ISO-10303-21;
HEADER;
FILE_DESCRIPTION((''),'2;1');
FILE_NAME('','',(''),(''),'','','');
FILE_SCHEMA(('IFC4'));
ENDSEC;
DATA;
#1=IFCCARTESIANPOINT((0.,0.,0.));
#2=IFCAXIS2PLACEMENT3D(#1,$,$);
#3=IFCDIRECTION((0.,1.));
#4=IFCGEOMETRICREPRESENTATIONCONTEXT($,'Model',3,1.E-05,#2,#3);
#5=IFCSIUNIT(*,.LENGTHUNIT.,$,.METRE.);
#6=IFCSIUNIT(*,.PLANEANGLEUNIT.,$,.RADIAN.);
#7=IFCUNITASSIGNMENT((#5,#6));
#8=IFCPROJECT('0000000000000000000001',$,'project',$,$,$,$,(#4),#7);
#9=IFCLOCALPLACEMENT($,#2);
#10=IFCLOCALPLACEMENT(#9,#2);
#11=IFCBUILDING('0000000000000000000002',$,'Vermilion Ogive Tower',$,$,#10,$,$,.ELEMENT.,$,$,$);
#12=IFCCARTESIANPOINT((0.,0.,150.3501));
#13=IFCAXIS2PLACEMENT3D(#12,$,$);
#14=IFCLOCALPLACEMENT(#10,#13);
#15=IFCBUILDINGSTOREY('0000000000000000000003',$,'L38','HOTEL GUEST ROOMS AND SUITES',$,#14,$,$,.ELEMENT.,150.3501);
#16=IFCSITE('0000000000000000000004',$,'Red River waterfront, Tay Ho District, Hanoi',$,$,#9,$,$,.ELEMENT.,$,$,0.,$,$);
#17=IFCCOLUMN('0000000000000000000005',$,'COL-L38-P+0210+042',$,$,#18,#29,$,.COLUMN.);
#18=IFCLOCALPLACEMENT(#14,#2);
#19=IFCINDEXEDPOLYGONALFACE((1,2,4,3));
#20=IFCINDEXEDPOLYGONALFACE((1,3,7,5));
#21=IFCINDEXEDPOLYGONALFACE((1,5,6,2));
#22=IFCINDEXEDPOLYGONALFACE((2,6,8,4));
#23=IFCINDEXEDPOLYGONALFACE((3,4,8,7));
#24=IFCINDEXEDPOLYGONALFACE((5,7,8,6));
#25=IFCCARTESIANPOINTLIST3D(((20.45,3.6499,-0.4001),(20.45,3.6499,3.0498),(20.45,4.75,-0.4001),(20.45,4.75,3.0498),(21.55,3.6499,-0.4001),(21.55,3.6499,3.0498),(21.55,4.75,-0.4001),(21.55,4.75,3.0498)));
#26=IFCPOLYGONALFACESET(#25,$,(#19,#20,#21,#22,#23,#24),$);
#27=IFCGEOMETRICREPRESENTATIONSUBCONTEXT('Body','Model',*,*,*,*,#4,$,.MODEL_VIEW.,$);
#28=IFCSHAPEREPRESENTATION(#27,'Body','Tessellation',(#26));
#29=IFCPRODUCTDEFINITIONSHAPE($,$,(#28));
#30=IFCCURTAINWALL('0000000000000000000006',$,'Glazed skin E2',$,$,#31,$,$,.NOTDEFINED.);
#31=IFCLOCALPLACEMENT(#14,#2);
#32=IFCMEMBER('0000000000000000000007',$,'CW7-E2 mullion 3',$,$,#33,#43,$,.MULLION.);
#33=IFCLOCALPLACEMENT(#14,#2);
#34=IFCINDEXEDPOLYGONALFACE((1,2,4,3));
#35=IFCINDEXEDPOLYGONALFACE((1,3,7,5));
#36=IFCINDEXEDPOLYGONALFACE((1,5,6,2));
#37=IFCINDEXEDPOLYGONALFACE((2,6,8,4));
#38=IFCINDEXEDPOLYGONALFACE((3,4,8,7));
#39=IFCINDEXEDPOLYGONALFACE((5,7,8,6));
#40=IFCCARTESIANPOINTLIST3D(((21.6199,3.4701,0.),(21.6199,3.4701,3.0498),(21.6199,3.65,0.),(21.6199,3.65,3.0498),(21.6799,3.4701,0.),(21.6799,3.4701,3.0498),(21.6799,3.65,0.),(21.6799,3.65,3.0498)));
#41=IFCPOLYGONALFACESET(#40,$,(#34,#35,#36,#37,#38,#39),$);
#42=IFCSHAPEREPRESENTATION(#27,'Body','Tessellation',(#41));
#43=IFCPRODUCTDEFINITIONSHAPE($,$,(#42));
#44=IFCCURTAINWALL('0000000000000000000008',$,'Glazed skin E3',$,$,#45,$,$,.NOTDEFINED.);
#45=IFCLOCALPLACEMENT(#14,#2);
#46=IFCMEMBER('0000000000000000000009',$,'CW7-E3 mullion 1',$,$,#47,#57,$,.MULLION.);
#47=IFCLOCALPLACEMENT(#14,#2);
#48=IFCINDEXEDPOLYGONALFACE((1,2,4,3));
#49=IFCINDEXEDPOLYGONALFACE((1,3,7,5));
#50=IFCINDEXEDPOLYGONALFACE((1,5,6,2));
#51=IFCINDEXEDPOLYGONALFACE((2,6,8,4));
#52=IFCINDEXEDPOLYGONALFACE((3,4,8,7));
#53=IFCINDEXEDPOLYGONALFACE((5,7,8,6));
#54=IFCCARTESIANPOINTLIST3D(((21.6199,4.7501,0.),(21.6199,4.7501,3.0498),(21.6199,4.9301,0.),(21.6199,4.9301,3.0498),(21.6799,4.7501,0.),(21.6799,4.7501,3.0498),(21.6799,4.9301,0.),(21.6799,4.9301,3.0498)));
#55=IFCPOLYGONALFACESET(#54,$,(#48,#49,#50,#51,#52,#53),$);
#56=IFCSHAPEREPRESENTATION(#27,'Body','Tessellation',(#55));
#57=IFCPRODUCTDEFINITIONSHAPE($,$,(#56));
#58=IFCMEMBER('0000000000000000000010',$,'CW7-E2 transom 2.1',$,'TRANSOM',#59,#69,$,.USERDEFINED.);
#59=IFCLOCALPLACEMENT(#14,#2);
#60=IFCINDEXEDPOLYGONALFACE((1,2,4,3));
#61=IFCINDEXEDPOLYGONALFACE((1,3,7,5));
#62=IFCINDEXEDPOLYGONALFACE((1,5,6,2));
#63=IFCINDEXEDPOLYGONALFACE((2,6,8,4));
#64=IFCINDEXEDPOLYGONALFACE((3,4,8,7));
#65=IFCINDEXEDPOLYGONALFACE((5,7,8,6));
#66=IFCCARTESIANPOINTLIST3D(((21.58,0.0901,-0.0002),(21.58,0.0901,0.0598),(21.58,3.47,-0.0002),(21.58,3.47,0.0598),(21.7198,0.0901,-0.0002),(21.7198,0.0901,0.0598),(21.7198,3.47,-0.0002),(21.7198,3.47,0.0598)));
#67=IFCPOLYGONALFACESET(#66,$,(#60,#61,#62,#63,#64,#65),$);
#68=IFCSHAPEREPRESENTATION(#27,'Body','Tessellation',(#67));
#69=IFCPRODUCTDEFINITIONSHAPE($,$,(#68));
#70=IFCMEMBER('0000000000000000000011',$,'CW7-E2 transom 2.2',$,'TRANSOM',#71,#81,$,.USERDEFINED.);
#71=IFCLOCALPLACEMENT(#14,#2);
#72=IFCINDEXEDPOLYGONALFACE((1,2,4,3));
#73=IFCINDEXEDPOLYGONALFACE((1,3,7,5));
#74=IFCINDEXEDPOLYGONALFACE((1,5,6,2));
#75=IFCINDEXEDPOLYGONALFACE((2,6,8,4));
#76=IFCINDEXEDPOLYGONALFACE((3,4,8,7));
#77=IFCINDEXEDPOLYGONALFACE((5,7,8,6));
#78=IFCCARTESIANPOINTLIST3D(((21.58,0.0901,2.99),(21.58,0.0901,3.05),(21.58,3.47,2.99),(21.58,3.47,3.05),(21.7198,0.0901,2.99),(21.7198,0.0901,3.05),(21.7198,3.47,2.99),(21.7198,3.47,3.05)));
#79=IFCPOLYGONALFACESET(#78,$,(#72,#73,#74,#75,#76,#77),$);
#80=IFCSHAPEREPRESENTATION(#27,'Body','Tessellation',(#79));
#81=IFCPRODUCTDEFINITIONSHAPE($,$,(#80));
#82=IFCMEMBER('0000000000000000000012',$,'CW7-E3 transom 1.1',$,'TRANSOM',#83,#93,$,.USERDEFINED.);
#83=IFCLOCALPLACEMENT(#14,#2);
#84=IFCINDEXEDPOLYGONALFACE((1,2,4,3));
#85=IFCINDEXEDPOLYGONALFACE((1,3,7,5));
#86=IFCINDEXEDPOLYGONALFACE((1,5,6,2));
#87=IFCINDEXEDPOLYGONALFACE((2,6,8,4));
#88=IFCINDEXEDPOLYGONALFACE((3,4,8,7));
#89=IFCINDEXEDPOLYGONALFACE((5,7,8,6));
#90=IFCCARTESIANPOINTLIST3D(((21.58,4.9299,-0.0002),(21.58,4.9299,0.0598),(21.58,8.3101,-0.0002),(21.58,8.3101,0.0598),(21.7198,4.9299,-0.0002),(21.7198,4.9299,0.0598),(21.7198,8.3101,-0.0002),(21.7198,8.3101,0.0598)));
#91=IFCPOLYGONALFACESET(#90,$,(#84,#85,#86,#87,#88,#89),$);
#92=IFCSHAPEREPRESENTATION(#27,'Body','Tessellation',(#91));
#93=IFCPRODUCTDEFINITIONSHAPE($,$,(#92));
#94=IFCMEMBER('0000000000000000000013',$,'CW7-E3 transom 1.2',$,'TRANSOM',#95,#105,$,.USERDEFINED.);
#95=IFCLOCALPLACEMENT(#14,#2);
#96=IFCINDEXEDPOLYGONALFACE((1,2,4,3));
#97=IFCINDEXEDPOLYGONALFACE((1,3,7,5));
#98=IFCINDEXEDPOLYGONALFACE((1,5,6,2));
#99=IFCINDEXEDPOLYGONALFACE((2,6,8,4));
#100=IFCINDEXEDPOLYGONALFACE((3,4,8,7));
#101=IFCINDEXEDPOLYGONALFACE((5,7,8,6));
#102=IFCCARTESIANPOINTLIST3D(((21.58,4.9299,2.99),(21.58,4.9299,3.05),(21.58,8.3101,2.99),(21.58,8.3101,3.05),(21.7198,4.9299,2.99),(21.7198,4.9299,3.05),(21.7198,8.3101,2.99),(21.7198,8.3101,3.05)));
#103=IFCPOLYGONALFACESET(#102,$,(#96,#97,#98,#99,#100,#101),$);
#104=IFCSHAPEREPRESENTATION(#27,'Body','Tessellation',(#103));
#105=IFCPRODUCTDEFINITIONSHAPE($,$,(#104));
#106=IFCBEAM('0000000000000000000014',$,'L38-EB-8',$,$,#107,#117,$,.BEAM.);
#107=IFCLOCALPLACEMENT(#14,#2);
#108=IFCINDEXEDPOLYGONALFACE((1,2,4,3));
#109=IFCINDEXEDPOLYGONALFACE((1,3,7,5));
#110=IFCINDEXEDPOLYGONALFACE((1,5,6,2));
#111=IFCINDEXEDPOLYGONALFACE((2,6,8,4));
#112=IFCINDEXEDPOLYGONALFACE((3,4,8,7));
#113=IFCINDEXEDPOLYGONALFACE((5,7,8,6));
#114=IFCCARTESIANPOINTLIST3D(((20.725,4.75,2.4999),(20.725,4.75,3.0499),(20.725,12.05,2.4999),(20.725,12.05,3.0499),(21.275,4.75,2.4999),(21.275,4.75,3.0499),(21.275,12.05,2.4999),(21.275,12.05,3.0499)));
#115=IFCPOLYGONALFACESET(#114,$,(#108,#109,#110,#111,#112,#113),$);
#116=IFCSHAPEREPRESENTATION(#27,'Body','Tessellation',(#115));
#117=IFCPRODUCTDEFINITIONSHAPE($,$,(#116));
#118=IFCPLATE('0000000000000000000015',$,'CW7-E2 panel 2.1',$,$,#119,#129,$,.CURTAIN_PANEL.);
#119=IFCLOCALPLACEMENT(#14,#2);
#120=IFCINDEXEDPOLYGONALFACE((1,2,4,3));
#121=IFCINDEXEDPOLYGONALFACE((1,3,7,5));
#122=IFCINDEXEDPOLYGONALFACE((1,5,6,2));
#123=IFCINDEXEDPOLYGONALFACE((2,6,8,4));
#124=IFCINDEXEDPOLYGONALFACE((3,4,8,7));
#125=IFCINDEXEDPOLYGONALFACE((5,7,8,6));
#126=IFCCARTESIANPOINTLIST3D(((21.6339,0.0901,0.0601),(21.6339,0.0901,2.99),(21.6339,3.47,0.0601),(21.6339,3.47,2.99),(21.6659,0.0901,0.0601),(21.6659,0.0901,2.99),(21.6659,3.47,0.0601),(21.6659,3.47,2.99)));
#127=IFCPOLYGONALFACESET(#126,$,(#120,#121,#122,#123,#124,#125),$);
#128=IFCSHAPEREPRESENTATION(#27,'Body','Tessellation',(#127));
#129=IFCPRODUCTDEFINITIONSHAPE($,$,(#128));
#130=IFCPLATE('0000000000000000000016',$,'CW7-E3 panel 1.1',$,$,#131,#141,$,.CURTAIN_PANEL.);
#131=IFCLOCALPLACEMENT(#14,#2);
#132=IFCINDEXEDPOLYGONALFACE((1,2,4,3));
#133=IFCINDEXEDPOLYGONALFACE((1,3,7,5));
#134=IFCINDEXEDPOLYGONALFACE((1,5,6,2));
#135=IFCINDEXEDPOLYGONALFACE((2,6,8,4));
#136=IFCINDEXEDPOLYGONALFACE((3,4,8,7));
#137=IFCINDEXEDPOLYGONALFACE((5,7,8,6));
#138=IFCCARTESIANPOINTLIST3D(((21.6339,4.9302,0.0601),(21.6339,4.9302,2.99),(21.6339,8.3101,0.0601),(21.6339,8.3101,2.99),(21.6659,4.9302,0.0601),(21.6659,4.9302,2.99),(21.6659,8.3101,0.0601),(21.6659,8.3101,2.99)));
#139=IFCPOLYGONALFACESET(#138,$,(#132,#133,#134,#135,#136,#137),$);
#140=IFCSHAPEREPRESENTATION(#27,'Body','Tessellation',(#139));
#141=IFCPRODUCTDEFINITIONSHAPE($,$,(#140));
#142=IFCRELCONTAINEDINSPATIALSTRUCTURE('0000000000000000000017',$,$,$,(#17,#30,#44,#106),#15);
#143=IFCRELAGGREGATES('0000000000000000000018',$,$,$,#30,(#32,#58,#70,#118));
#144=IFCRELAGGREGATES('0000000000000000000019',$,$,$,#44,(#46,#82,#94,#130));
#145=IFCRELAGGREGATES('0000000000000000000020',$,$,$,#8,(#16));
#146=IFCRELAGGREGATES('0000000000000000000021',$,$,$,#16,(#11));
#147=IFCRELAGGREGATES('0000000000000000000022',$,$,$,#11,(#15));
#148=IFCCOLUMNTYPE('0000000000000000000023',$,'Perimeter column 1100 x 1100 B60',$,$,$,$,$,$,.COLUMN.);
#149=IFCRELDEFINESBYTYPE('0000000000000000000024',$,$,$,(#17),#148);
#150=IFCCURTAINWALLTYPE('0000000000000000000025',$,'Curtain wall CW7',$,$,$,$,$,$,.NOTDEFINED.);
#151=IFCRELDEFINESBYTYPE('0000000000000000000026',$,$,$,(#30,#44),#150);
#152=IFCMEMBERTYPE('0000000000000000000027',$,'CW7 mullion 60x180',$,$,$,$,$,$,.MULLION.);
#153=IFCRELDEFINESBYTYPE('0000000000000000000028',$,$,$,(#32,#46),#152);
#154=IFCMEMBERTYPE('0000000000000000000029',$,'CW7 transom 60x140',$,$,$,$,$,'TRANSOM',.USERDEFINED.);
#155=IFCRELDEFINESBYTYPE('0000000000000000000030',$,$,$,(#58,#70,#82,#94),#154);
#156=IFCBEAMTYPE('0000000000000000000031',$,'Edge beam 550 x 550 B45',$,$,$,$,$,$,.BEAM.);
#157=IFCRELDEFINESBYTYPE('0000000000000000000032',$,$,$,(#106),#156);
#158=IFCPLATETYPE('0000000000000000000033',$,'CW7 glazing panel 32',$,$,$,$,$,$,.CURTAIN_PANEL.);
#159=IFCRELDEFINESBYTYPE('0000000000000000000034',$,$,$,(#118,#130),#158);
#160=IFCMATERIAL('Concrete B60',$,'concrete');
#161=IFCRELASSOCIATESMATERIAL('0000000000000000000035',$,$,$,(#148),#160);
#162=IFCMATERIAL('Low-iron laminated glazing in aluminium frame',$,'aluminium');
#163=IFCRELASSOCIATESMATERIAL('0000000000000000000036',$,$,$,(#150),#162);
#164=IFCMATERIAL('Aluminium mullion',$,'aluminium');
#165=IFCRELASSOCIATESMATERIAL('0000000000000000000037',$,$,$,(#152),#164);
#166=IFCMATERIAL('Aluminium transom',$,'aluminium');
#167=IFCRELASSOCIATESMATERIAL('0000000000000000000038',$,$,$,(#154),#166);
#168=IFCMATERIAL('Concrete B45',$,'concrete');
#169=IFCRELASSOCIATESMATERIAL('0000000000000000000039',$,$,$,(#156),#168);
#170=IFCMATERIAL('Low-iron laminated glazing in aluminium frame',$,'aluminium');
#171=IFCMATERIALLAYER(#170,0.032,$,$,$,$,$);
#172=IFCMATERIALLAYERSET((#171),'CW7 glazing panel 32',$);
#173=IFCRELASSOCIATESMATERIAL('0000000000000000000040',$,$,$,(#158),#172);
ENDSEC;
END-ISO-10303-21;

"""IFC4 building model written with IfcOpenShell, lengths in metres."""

from ifc_helpers import new_model, si_unit, direction, frame, origin, origin_2d, place, context, subcontext, project, spatial, rectangle, extrude, material, layer, layer_set, material_profile, profile_set, type_object, element, aggregate, save


model = new_model("IFC4")

# Units and contexts
model_context = context("Model", 3, precision=1e-05, world=origin(), true_north=direction((0.0, 1.0)))
body_context = subcontext(model_context, "Body", "Model", "MODEL_VIEW")
ifc_project = project(units=[si_unit("LENGTHUNIT", "METRE"), si_unit("PLANEANGLEUNIT", "RADIAN")], contexts=[model_context])

# Site, building, storey
site_placement = place(None, origin())
site = spatial("IfcSite", under=ifc_project, at=site_placement, Name="Red River waterfront, Tay Ho District, Hanoi", CompositionType="ELEMENT", RefElevation=0.0)
building_placement = place(site_placement, origin())
building = spatial("IfcBuilding", under=site, at=building_placement, Name="Vermilion Ogive Tower", CompositionType="ELEMENT")
storey_placement = place(building_placement, frame((0.0, 0.0, 150.3501)))
storey = spatial("IfcBuildingStorey", under=building, at=storey_placement, Name="L38", Description="HOTEL GUEST ROOMS AND SUITES", CompositionType="ELEMENT", Elevation=150.3501)

# Column
ifc_material_1 = material(Name="Concrete B60", Category="concrete")
ifc_material_profile_1 = material_profile(ifc_material_1, rectangle(XDim=1.1001, YDim=1.1001, at=origin_2d()), Name="1100 x 1100")
ifc_profile_set_1 = profile_set([ifc_material_profile_1], Name="Concrete B60")
column_type = type_object("IfcColumnType", Name="Perimeter column 1100 x 1100 B60", PredefinedType="COLUMN", material=ifc_profile_set_1)
column_placement = place(storey_placement, frame((21.0, 4.2, -0.4001), z_axis=(0.0, 0.0, 1.0), x_axis=(1.0, 0.0, 0.0)))
element("IfcColumn", 1, at=column_placement, inside=storey, type_object=column_type, Name="COL-L38-P+0210+042", PredefinedType="COLUMN", context=body_context, shape_type="SweptSolid", body=[
    extrude(rectangle(XDim=1.1001, YDim=1.1001, at=origin_2d()), origin(), (0.0, 0.0, 1.0), 3.45),
])

# Curtain walls, members
ifc_material_2 = material(Name="Low-iron laminated glazing in aluminium frame", Category="aluminium")
curtain_wall_type = type_object("IfcCurtainWallType", Name="Curtain wall CW7", PredefinedType="NOTDEFINED", material=ifc_material_2)
curtain_wall_1_placement = place(storey_placement, origin())
curtain_wall_1 = element("IfcCurtainWall", 2, at=curtain_wall_1_placement, inside=storey, type_object=curtain_wall_type, Name="Glazed skin E2", PredefinedType="NOTDEFINED")
ifc_material_3 = material(Name="Aluminium mullion", Category="aluminium")
ifc_material_profile_2 = material_profile(ifc_material_3, rectangle(XDim=0.0601, YDim=0.1799, at=origin_2d()), Name="AL 60x180")
ifc_profile_set_2 = profile_set([ifc_material_profile_2], Name="Aluminium mullion")
member_type_1 = type_object("IfcMemberType", Name="CW7 mullion 60x180", PredefinedType="MULLION", material=ifc_profile_set_2)
member_1_placement = place(storey_placement, frame((21.6499, 3.5601, 0.0), z_axis=(0.0, 0.0, 1.0), x_axis=(-1.0, 0.0, 0.0)))
member_1 = element("IfcMember", 3, at=member_1_placement, type_object=member_type_1, Name="CW7-E2 mullion 3", PredefinedType="MULLION", context=body_context, shape_type="SweptSolid", body=[
    extrude(rectangle(XDim=0.0601, YDim=0.1799, at=origin_2d()), origin(), (0.0, 0.0, 1.0), 3.0498),
])
curtain_wall_2_placement = place(storey_placement, origin())
curtain_wall_2 = element("IfcCurtainWall", 4, at=curtain_wall_2_placement, inside=storey, type_object=curtain_wall_type, Name="Glazed skin E3", PredefinedType="NOTDEFINED")
member_2_placement = place(storey_placement, frame((21.6499, 4.8401, 0.0), z_axis=(0.0, 0.0, 1.0), x_axis=(-1.0, 0.0, 0.0)))
member_2 = element("IfcMember", 5, at=member_2_placement, type_object=member_type_1, Name="CW7-E3 mullion 1", PredefinedType="MULLION", context=body_context, shape_type="SweptSolid", body=[
    extrude(rectangle(XDim=0.0601, YDim=0.1799, at=origin_2d()), origin(), (0.0, 0.0, 1.0), 3.0498),
])

# Members
ifc_material_4 = material(Name="Aluminium transom", Category="aluminium")
ifc_material_profile_3 = material_profile(ifc_material_4, rectangle(XDim=0.1399, YDim=0.0601, at=origin_2d()), Name="AL 60x140")
ifc_profile_set_3 = profile_set([ifc_material_profile_3], Name="Aluminium transom")
member_type_2 = type_object("IfcMemberType", Name="CW7 transom 60x140", ElementType="TRANSOM", PredefinedType="USERDEFINED", material=ifc_profile_set_3)
member_3_placement = place(storey_placement, frame((21.6499, 0.0901, 0.0298), z_axis=(0.0, 1.0, 0.0), x_axis=(-1.0, 0.0, 0.0)))
member_3 = element("IfcMember", 6, at=member_3_placement, type_object=member_type_2, Name="CW7-E2 transom 2.1", ObjectType="TRANSOM", PredefinedType="USERDEFINED", context=body_context, shape_type="SweptSolid", body=[
    extrude(rectangle(XDim=0.1399, YDim=0.0601, at=origin_2d()), origin(), (0.0, 0.0, 1.0), 3.3799),
])
member_4_placement = place(storey_placement, frame((21.6499, 0.0901, 3.02), z_axis=(0.0, 1.0, 0.0), x_axis=(-1.0, 0.0, 0.0)))
member_4 = element("IfcMember", 7, at=member_4_placement, type_object=member_type_2, Name="CW7-E2 transom 2.2", ObjectType="TRANSOM", PredefinedType="USERDEFINED", context=body_context, shape_type="SweptSolid", body=[
    extrude(rectangle(XDim=0.1399, YDim=0.0601, at=origin_2d()), origin(), (0.0, 0.0, 1.0), 3.3799),
])
member_5_placement = place(storey_placement, frame((21.6499, 4.9299, 0.0298), z_axis=(0.0, 1.0, 0.0), x_axis=(-1.0, 0.0, 0.0)))
member_5 = element("IfcMember", 8, at=member_5_placement, type_object=member_type_2, Name="CW7-E3 transom 1.1", ObjectType="TRANSOM", PredefinedType="USERDEFINED", context=body_context, shape_type="SweptSolid", body=[
    extrude(rectangle(XDim=0.1399, YDim=0.0601, at=origin_2d()), origin(), (0.0, 0.0, 1.0), 3.3801),
])
member_6_placement = place(storey_placement, frame((21.6499, 4.9299, 3.02), z_axis=(0.0, 1.0, 0.0), x_axis=(-1.0, 0.0, 0.0)))
member_6 = element("IfcMember", 9, at=member_6_placement, type_object=member_type_2, Name="CW7-E3 transom 1.2", ObjectType="TRANSOM", PredefinedType="USERDEFINED", context=body_context, shape_type="SweptSolid", body=[
    extrude(rectangle(XDim=0.1399, YDim=0.0601, at=origin_2d()), origin(), (0.0, 0.0, 1.0), 3.3801),
])

# Beam
ifc_material_5 = material(Name="Concrete B45", Category="concrete")
ifc_material_profile_4 = material_profile(ifc_material_5, rectangle(XDim=0.55, YDim=0.55, at=origin_2d()), Name="550 x 550")
ifc_profile_set_4 = profile_set([ifc_material_profile_4], Name="Concrete B45")
beam_type = type_object("IfcBeamType", Name="Edge beam 550 x 550 B45", PredefinedType="BEAM", material=ifc_profile_set_4)
beam_placement = place(storey_placement, frame((21.0, 4.75, 2.7749), z_axis=(0.0, 1.0, 0.0), x_axis=(-1.0, 0.0, 0.0)))
element("IfcBeam", 10, at=beam_placement, inside=storey, type_object=beam_type, Name="L38-EB-8", PredefinedType="BEAM", context=body_context, shape_type="SweptSolid", body=[
    extrude(rectangle(XDim=0.55, YDim=0.55, at=origin_2d()), origin(), (0.0, 0.0, 1.0), 7.3),
])

# Plates
ifc_material_6 = material(Name="Low-iron laminated glazing in aluminium frame", Category="aluminium")
ifc_layer_1 = layer(ifc_material_6, 0.032)
ifc_layer_set_1 = layer_set([ifc_layer_1], Name="CW7 glazing panel 32")
plate_type = type_object("IfcPlateType", Name="CW7 glazing panel 32", PredefinedType="CURTAIN_PANEL", material=ifc_layer_set_1)
plate_1_placement = place(storey_placement, frame((21.6499, 1.78, 0.0601), z_axis=(0.0, 0.0, 1.0), x_axis=(0.0, 1.0, 0.0)))
plate_1 = element("IfcPlate", 11, at=plate_1_placement, type_object=plate_type, Name="CW7-E2 panel 2.1", PredefinedType="CURTAIN_PANEL", context=body_context, shape_type="SweptSolid", body=[
    extrude(rectangle(XDim=3.3799, YDim=0.032, at=origin_2d()), origin(), (0.0, 0.0, 1.0), 2.9299),
])
aggregate(curtain_wall_1, [member_1, member_3, member_4, plate_1])
plate_2_placement = place(storey_placement, frame((21.6499, 6.6201, 0.0601), z_axis=(0.0, 0.0, 1.0), x_axis=(0.0, 1.0, 0.0)))
plate_2 = element("IfcPlate", 12, at=plate_2_placement, type_object=plate_type, Name="CW7-E3 panel 1.1", PredefinedType="CURTAIN_PANEL", context=body_context, shape_type="SweptSolid", body=[
    extrude(rectangle(XDim=3.3799, YDim=0.032, at=origin_2d()), origin(), (0.0, 0.0, 1.0), 2.9299),
])
aggregate(curtain_wall_2, [member_2, member_5, member_6, plate_2])

save(model, "model.ifc")
